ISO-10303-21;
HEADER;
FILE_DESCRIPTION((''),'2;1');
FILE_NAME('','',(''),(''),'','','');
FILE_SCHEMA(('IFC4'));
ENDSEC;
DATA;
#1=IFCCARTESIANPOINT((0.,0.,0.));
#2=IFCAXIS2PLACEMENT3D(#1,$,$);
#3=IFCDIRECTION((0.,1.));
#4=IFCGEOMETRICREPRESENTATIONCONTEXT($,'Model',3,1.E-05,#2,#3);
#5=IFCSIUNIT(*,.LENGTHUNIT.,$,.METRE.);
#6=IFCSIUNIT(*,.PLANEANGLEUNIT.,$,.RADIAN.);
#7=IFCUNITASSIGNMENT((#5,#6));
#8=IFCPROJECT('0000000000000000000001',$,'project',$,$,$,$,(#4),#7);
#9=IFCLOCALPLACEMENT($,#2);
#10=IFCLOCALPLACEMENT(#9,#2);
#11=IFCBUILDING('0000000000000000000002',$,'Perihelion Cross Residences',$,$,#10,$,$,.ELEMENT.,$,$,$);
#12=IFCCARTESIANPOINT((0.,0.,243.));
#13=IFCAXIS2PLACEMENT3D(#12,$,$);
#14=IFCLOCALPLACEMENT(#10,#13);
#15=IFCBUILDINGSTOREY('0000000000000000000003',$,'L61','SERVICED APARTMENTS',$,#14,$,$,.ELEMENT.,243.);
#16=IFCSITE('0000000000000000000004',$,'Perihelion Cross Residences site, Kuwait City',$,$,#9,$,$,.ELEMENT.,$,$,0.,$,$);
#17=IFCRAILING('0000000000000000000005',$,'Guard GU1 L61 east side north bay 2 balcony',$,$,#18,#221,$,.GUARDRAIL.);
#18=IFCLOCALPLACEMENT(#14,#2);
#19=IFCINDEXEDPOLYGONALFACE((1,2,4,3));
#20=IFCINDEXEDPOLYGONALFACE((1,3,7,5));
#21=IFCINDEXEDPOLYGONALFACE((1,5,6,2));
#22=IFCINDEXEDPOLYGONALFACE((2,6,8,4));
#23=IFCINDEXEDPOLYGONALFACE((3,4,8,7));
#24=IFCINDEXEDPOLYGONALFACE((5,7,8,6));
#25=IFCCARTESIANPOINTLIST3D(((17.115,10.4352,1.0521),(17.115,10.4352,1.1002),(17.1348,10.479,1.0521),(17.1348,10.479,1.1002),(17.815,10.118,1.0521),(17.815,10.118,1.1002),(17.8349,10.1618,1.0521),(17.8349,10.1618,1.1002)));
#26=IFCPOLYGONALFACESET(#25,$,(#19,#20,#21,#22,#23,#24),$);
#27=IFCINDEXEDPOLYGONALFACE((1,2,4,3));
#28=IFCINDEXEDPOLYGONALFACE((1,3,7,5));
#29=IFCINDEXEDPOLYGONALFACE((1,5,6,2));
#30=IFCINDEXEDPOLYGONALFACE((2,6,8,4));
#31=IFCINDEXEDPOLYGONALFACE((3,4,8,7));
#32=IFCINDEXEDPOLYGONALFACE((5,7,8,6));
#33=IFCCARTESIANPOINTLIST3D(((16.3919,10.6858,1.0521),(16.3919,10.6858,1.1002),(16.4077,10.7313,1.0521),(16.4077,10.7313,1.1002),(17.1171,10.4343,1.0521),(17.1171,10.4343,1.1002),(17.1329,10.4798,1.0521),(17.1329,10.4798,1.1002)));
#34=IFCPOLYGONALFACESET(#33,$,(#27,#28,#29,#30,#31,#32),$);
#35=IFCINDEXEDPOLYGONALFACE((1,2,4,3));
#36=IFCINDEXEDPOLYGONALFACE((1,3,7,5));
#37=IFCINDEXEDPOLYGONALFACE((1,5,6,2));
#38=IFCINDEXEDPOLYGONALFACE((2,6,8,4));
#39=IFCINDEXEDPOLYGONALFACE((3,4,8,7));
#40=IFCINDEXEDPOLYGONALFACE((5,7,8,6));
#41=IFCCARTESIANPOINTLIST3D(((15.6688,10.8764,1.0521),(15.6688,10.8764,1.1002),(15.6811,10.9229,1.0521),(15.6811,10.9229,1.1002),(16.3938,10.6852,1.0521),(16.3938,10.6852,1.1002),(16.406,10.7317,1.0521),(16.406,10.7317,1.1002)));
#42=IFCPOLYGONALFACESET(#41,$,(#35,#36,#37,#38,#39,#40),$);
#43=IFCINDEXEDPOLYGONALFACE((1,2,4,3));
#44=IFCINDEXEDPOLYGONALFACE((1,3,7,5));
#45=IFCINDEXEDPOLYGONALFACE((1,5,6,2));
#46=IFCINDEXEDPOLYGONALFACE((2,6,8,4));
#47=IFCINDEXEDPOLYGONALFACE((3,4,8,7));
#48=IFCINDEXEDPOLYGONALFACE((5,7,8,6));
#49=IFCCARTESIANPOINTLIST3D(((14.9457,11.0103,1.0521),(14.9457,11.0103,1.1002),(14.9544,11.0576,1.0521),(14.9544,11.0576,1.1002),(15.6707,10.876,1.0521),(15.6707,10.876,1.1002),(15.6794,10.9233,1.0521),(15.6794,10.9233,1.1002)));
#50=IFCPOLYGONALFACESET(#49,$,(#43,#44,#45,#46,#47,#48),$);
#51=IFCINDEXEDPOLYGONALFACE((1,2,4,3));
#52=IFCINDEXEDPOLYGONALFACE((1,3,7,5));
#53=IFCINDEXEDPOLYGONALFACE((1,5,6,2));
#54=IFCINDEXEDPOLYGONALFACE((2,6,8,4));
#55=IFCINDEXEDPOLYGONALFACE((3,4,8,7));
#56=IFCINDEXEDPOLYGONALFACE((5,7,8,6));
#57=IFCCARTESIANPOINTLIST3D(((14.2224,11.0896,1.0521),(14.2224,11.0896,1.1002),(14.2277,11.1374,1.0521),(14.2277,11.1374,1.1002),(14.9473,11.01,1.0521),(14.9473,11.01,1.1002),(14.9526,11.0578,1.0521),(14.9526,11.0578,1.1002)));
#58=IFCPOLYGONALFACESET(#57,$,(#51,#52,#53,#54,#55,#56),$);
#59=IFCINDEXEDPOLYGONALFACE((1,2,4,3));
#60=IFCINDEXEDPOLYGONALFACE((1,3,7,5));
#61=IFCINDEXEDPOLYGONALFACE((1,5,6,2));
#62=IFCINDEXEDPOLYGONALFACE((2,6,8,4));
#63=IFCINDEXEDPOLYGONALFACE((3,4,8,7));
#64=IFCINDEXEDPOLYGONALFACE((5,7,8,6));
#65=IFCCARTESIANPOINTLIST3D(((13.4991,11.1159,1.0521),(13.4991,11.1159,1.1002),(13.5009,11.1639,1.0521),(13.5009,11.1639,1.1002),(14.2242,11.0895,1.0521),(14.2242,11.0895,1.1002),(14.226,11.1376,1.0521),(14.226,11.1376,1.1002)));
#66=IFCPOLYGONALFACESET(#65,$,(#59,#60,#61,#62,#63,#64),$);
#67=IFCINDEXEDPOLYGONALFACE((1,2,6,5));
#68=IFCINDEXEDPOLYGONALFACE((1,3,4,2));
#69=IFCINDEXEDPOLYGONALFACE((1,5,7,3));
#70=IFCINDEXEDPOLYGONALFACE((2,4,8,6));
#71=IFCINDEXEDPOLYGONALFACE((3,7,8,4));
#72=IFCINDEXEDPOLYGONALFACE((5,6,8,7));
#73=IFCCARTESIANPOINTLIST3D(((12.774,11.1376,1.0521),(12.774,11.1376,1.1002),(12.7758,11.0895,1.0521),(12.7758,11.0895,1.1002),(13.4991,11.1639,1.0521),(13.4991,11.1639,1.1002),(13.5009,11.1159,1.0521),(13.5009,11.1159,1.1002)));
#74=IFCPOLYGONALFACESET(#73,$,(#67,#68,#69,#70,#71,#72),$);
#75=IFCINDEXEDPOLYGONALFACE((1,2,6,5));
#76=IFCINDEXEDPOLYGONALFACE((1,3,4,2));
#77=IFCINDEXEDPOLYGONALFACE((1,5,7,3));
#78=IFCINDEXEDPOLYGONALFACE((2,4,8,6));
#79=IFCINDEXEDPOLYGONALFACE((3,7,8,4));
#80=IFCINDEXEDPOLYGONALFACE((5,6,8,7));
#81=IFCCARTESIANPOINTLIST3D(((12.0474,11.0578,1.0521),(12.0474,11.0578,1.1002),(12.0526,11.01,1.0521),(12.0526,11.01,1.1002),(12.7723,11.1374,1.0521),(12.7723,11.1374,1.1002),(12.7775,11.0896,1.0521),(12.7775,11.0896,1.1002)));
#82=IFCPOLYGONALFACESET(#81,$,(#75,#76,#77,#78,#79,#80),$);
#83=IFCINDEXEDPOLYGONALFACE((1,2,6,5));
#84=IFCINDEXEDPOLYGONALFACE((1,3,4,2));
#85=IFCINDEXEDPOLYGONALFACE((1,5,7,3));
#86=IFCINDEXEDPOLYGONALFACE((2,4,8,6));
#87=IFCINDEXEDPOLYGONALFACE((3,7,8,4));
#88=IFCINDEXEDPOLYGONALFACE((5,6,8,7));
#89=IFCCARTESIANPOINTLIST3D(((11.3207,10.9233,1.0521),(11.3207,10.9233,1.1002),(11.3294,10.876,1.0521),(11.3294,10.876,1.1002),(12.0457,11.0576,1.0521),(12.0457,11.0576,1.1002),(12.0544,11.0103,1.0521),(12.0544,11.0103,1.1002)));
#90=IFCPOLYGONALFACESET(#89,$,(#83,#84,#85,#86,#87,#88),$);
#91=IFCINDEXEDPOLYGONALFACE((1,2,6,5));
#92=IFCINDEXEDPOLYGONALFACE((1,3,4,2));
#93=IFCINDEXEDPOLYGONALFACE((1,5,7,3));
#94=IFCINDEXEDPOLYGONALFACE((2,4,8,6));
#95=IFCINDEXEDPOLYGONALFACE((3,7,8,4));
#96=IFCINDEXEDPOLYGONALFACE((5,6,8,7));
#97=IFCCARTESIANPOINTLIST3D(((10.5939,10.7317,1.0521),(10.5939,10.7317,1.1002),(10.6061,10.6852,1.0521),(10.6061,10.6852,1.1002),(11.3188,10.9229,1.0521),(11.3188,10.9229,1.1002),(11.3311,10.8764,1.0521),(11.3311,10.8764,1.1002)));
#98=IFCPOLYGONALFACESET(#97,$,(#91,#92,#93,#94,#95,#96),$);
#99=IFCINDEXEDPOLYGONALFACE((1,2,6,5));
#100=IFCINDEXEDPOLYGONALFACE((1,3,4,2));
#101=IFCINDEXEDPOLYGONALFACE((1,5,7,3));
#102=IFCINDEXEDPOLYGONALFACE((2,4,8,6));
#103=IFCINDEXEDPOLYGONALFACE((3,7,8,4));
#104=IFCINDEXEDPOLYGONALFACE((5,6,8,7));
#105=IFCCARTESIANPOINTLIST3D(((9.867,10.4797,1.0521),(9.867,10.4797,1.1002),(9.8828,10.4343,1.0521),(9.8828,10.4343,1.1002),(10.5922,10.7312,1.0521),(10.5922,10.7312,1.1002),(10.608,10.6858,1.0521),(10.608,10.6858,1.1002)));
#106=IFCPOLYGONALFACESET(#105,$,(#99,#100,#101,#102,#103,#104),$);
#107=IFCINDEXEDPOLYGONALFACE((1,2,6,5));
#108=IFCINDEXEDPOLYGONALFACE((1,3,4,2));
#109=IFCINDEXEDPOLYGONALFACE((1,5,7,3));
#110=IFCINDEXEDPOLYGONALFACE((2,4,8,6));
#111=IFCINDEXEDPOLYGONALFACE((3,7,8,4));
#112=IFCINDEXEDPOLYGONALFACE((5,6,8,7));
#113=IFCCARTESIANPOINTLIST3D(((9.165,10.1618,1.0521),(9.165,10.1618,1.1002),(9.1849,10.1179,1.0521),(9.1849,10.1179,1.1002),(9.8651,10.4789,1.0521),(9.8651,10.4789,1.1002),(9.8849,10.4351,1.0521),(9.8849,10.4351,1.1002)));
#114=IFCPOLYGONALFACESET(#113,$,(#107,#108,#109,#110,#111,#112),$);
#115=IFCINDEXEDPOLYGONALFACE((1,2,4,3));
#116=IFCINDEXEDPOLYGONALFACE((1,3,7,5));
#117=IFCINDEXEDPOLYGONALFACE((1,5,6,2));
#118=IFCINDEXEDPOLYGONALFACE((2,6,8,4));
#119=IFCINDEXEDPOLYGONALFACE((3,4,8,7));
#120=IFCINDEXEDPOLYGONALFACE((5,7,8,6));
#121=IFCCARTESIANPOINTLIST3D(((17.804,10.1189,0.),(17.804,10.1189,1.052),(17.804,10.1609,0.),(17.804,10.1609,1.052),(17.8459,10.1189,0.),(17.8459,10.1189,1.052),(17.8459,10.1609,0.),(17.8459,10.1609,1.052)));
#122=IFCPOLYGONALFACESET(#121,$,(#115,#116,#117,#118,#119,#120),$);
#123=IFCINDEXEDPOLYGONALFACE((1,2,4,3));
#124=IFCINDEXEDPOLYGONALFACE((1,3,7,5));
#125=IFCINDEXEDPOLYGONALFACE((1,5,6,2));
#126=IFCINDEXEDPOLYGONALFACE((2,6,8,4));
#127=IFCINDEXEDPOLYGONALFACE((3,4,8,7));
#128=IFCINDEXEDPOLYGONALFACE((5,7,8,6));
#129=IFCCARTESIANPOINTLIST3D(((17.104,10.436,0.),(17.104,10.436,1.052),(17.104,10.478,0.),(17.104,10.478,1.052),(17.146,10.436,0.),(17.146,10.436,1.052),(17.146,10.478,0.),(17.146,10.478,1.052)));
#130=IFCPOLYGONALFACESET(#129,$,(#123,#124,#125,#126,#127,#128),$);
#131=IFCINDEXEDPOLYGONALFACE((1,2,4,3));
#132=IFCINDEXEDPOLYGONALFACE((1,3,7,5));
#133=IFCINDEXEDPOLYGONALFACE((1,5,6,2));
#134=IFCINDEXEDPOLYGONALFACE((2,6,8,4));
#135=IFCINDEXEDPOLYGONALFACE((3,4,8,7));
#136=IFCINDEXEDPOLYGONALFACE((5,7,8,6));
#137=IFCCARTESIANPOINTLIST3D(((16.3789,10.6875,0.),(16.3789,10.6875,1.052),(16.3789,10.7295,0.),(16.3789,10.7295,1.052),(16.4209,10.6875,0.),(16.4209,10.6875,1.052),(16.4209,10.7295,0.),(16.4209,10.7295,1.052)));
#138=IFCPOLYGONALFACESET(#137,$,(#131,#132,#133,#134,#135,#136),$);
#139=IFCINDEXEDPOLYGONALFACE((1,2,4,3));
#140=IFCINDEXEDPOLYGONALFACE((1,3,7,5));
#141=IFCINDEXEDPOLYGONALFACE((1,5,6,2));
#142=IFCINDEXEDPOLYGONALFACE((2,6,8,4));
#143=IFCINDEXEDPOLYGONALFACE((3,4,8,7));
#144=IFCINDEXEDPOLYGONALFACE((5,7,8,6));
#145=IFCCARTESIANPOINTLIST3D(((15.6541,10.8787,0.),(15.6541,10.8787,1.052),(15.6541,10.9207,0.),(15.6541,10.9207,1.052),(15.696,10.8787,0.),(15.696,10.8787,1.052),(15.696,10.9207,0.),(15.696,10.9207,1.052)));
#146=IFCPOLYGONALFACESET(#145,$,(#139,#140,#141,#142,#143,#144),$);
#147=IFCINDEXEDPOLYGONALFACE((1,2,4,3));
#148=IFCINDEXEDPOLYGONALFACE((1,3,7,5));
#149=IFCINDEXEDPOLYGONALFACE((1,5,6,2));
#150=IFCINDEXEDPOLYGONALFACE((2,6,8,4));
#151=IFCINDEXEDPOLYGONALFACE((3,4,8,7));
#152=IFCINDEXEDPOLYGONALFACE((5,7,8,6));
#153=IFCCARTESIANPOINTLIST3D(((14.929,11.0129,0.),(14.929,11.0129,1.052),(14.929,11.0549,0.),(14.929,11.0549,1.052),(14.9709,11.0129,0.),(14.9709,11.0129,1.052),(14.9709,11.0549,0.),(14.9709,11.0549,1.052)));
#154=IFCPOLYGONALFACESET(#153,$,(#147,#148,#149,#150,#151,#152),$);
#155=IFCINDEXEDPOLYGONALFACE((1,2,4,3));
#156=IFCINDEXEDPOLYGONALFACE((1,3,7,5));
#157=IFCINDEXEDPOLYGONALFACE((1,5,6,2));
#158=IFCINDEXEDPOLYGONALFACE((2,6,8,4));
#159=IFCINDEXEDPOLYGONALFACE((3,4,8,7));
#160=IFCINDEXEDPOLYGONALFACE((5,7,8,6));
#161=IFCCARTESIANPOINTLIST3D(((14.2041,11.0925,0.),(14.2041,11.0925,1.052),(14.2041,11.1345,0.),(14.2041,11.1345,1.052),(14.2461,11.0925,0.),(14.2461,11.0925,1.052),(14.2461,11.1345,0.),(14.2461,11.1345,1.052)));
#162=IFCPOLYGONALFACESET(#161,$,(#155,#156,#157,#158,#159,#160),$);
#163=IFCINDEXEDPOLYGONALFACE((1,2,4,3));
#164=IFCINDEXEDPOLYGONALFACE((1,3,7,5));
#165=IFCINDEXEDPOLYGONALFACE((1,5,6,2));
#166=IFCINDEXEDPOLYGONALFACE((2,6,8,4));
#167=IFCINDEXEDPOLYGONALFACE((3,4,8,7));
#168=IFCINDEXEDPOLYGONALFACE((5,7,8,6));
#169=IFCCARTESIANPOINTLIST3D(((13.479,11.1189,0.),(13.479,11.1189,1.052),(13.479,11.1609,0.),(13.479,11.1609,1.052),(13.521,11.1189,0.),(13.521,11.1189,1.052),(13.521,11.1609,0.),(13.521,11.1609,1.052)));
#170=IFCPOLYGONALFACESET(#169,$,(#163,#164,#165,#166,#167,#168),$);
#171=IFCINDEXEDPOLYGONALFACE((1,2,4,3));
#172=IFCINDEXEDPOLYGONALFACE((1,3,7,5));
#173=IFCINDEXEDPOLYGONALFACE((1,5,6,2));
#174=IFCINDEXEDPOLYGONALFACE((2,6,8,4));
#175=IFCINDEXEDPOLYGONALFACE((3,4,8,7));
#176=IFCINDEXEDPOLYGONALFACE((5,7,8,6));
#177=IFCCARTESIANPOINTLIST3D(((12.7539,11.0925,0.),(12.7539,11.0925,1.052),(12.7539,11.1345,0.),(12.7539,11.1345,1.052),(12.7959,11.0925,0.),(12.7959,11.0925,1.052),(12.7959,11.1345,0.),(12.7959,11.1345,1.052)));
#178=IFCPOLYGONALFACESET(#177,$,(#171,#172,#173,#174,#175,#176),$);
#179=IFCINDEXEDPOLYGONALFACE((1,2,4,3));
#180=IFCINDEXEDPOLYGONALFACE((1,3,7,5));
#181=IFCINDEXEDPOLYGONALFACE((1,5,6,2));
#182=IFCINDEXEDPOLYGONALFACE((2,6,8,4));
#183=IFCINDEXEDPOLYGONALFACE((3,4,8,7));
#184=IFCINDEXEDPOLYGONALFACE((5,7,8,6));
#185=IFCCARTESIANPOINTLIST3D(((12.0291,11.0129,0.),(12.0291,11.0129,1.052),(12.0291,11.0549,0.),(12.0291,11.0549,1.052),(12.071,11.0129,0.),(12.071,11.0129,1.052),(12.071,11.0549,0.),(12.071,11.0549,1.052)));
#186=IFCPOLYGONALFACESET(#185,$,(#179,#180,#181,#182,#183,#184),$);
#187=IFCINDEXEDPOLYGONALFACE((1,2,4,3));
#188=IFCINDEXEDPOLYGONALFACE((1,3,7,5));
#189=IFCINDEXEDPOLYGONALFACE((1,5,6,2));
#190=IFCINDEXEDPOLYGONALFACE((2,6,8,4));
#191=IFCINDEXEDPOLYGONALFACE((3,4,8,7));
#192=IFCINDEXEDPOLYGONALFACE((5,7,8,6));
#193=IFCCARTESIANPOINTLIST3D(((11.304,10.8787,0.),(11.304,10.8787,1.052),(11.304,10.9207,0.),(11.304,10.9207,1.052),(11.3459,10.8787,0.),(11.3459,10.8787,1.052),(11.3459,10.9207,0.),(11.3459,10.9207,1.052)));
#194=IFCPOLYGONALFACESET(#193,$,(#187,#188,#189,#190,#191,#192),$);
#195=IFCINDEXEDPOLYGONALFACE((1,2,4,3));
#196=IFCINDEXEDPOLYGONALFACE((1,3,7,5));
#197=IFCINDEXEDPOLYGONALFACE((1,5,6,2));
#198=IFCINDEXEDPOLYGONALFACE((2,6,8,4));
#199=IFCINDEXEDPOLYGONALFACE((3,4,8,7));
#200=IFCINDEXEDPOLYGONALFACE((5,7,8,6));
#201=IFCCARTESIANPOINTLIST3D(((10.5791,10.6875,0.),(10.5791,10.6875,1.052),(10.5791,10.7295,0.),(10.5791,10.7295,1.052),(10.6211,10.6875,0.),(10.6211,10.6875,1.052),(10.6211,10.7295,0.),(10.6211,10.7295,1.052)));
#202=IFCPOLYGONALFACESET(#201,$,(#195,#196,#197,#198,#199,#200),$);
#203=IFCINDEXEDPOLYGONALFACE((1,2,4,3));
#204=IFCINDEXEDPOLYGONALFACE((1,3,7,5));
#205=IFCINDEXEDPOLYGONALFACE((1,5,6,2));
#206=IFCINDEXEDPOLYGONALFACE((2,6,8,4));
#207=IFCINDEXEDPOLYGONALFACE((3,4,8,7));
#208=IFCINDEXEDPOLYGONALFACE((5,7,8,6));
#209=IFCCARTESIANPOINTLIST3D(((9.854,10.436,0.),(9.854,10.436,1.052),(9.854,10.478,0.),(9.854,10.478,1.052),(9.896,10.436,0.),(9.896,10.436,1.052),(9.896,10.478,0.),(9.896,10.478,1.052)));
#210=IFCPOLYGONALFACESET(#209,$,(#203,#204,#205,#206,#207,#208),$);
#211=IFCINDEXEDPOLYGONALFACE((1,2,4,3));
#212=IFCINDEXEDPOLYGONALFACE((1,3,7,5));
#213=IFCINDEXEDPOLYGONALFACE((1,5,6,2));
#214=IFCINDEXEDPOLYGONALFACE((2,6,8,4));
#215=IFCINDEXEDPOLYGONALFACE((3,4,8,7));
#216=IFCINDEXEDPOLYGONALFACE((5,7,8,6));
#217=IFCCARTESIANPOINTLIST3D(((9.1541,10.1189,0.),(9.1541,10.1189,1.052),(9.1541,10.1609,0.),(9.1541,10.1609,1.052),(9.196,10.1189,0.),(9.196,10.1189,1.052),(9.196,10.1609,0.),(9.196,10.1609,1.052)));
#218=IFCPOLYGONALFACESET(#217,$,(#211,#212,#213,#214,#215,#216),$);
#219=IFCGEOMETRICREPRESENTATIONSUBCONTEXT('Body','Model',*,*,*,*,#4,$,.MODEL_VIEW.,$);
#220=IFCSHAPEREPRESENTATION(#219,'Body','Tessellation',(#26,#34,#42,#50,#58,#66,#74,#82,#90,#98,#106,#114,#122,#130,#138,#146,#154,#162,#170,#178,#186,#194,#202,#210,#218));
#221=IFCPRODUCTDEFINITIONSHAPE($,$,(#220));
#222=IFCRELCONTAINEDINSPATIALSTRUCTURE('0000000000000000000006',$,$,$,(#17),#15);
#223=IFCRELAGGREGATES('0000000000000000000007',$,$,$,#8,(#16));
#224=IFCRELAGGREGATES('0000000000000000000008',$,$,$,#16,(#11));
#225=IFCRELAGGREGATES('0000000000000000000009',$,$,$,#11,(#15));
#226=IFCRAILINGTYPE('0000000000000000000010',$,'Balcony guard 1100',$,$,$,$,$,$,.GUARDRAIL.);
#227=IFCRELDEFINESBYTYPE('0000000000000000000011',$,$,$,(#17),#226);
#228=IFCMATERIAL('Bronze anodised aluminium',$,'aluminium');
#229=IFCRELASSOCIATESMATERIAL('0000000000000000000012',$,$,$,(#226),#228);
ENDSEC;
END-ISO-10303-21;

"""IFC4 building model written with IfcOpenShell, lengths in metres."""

from ifc_helpers import new_model, si_unit, direction, frame, origin, origin_2d, place, context, subcontext, project, spatial, rectangle, extrude, material, type_object, element, save


model = new_model("IFC4")

# Units and contexts
model_context = context("Model", 3, precision=1e-05, world=origin(), true_north=direction((0.0, 1.0)))
body_context = subcontext(model_context, "Body", "Model", "MODEL_VIEW")
ifc_project = project(units=[si_unit("LENGTHUNIT", "METRE"), si_unit("PLANEANGLEUNIT", "RADIAN")], contexts=[model_context])

# Site, building, storey
site_placement = place(None, origin())
site = spatial("IfcSite", under=ifc_project, at=site_placement, Name="Perihelion Cross Residences site, Kuwait City", CompositionType="ELEMENT", RefElevation=0.0)
building_placement = place(site_placement, origin())
building = spatial("IfcBuilding", under=site, at=building_placement, Name="Perihelion Cross Residences", CompositionType="ELEMENT")
storey_placement = place(building_placement, frame((0.0, 0.0, 243.0)))
storey = spatial("IfcBuildingStorey", under=building, at=storey_placement, Name="L61", Description="SERVICED APARTMENTS", CompositionType="ELEMENT", Elevation=243.0)

# Railing
ifc_material_1 = material(Name="Bronze anodised aluminium", Category="aluminium")
railing_type = type_object("IfcRailingType", Name="Balcony guard 1100", PredefinedType="GUARDRAIL", material=ifc_material_1)
railing_placement = place(storey_placement, frame((17.825, 10.1399, 0.0)))
element("IfcRailing", 1, at=railing_placement, inside=storey, type_object=railing_type, Name="Guard GU1 L61 east side north bay 2 balcony", PredefinedType="GUARDRAIL", context=body_context, shape_type="SweptSolid", body=[
    extrude(rectangle(XDim=0.0481, YDim=0.0481, at=origin_2d()), frame((0.0, 0.0, 1.0762), z_axis=(-0.910866, 0.412702, 0.0), x_axis=(-0.412702, -0.910866, 0.0)), (0.0, 0.0, 1.0), 0.7686),
    extrude(rectangle(XDim=0.0481, YDim=0.0481, at=origin_2d()), frame((-0.7, 0.3171, 1.0762), z_axis=(-0.944797, 0.327657, 0.0), x_axis=(-0.327657, -0.944797, 0.0)), (0.0, 0.0, 1.0), 0.7676),
    extrude(rectangle(XDim=0.0481, YDim=0.0481, at=origin_2d()), frame((-1.425, 0.5686, 1.0762), z_axis=(-0.966939, 0.255006, 0.0), x_axis=(-0.255006, -0.966939, 0.0)), (0.0, 0.0, 1.0), 0.7498),
    extrude(rectangle(XDim=0.0481, YDim=0.0481, at=origin_2d()), frame((-2.1499, 0.7598, 1.0762), z_axis=(-0.983282, 0.182089, 0.0), x_axis=(-0.182089, -0.983282, 0.0)), (0.0, 0.0, 1.0), 0.7373),
    extrude(rectangle(XDim=0.0481, YDim=0.0481, at=origin_2d()), frame((-2.875, 0.894, 1.0762), z_axis=(-0.994026, 0.109145, 0.0), x_axis=(-0.109145, -0.994026, 0.0)), (0.0, 0.0, 1.0), 0.7292),
    extrude(rectangle(XDim=0.0481, YDim=0.0481, at=origin_2d()), frame((-3.5999, 0.9736, 1.0762), z_axis=(-0.999339, 0.03634, 0.0), x_axis=(-0.03634, -0.999339, 0.0)), (0.0, 0.0, 1.0), 0.7256),
    extrude(rectangle(XDim=0.0481, YDim=0.0481, at=origin_2d()), frame((-4.325, 1.0, 1.0762), z_axis=(-0.999339, -0.03634, 0.0), x_axis=(0.03634, -0.999339, 0.0)), (0.0, 0.0, 1.0), 0.7256),
    extrude(rectangle(XDim=0.0481, YDim=0.0481, at=origin_2d()), frame((-5.05, 0.9736, 1.0762), z_axis=(-0.994026, -0.109145, 0.0), x_axis=(0.109145, -0.994026, 0.0)), (0.0, 0.0, 1.0), 0.7292),
    extrude(rectangle(XDim=0.0481, YDim=0.0481, at=origin_2d()), frame((-5.7749, 0.894, 1.0762), z_axis=(-0.983282, -0.182089, 0.0), x_axis=(0.182089, -0.983282, 0.0)), (0.0, 0.0, 1.0), 0.7373),
    extrude(rectangle(XDim=0.0481, YDim=0.0481, at=origin_2d()), frame((-6.5, 0.7598, 1.0762), z_axis=(-0.966939, -0.255006, 0.0), x_axis=(0.255006, -0.966939, 0.0)), (0.0, 0.0, 1.0), 0.7498),
    extrude(rectangle(XDim=0.0481, YDim=0.0481, at=origin_2d()), frame((-7.2249, 0.5686, 1.0762), z_axis=(-0.944797, -0.327657, 0.0), x_axis=(0.327657, -0.944797, 0.0)), (0.0, 0.0, 1.0), 0.7676),
    extrude(rectangle(XDim=0.0481, YDim=0.0481, at=origin_2d()), frame((-7.95, 0.3171, 1.0762), z_axis=(-0.910866, -0.412702, 0.0), x_axis=(0.412702, -0.910866, 0.0)), (0.0, 0.0, 1.0), 0.7686),
    extrude(rectangle(XDim=0.042, YDim=0.042, at=origin_2d()), origin(), (0.0, 0.0, 1.0), 1.052),
    extrude(rectangle(XDim=0.042, YDim=0.042, at=origin_2d()), frame((-0.7, 0.3171, 0.0)), (0.0, 0.0, 1.0), 1.052),
    extrude(rectangle(XDim=0.042, YDim=0.042, at=origin_2d()), frame((-1.425, 0.5686, 0.0)), (0.0, 0.0, 1.0), 1.052),
    extrude(rectangle(XDim=0.042, YDim=0.042, at=origin_2d()), frame((-2.1499, 0.7598, 0.0)), (0.0, 0.0, 1.0), 1.052),
    extrude(rectangle(XDim=0.042, YDim=0.042, at=origin_2d()), frame((-2.875, 0.894, 0.0)), (0.0, 0.0, 1.0), 1.052),
    extrude(rectangle(XDim=0.042, YDim=0.042, at=origin_2d()), frame((-3.5999, 0.9736, 0.0)), (0.0, 0.0, 1.0), 1.052),
    extrude(rectangle(XDim=0.042, YDim=0.042, at=origin_2d()), frame((-4.325, 1.0, 0.0)), (0.0, 0.0, 1.0), 1.052),
    extrude(rectangle(XDim=0.042, YDim=0.042, at=origin_2d()), frame((-5.05, 0.9736, 0.0)), (0.0, 0.0, 1.0), 1.052),
    extrude(rectangle(XDim=0.042, YDim=0.042, at=origin_2d()), frame((-5.7749, 0.894, 0.0)), (0.0, 0.0, 1.0), 1.052),
    extrude(rectangle(XDim=0.042, YDim=0.042, at=origin_2d()), frame((-6.5, 0.7598, 0.0)), (0.0, 0.0, 1.0), 1.052),
    extrude(rectangle(XDim=0.042, YDim=0.042, at=origin_2d()), frame((-7.2249, 0.5686, 0.0)), (0.0, 0.0, 1.0), 1.052),
    extrude(rectangle(XDim=0.042, YDim=0.042, at=origin_2d()), frame((-7.95, 0.3171, 0.0)), (0.0, 0.0, 1.0), 1.052),
    extrude(rectangle(XDim=0.042, YDim=0.042, at=origin_2d()), frame((-8.6499, 0.0, 0.0)), (0.0, 0.0, 1.0), 1.052),
])

save(model, "model.ifc")
